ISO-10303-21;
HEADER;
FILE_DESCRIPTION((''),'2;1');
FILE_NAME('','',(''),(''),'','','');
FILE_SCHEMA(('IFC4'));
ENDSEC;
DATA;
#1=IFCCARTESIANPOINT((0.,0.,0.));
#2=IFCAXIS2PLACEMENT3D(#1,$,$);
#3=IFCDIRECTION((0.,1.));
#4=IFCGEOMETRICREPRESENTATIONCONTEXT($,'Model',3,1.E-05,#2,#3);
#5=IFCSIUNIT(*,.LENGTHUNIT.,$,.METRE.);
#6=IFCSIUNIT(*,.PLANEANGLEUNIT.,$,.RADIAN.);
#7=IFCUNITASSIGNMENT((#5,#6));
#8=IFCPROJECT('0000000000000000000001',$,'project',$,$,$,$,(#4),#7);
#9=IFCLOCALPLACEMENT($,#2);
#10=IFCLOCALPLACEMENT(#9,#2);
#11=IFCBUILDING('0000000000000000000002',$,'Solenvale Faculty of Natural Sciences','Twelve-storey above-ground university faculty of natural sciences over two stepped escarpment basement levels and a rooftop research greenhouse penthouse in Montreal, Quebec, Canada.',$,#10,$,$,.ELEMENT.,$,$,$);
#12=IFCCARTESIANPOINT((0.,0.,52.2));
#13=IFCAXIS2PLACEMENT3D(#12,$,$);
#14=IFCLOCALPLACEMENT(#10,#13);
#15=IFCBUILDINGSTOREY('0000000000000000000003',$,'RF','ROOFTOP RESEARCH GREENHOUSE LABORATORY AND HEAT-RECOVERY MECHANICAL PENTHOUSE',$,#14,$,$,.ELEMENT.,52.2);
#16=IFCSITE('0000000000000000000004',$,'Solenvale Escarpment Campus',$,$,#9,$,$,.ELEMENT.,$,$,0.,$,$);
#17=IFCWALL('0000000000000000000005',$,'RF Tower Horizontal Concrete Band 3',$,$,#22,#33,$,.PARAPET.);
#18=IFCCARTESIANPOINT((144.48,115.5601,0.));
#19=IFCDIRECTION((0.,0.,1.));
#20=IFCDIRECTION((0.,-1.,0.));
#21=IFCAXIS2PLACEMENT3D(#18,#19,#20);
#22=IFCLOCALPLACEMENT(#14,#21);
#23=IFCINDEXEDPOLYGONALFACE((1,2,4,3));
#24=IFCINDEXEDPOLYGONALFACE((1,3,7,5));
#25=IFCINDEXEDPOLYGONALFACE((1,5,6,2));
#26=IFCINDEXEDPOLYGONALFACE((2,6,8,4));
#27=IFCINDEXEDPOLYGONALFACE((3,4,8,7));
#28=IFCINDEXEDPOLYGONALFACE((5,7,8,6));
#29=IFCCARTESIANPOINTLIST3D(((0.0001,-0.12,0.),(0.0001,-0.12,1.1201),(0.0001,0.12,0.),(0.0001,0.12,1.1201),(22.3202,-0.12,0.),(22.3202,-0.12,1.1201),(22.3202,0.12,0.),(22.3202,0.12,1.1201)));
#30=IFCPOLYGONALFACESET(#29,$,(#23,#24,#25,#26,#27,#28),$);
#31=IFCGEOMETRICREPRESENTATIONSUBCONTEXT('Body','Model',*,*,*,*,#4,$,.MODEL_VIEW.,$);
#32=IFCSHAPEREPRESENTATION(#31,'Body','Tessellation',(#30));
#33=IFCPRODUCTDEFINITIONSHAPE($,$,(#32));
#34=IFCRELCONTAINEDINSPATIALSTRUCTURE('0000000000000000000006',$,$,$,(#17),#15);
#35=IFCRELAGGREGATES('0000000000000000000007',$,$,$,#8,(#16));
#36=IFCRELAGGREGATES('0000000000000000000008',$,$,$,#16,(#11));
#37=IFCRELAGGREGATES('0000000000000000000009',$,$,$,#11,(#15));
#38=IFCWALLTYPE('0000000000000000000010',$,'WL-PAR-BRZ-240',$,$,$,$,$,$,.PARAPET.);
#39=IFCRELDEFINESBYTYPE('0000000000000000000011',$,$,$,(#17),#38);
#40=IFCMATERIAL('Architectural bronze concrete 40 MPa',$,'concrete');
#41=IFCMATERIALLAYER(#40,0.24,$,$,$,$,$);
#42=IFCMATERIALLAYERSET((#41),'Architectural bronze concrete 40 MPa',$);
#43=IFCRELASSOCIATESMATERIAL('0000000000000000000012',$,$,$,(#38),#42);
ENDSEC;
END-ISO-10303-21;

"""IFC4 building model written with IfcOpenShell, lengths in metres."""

from ifc_helpers import new_model, si_unit, direction, frame, frame_2d, origin, place, context, subcontext, project, spatial, rectangle, extrude, material, layer, layer_set, type_object, element, save


model = new_model("IFC4")

# Units and contexts
model_context = context("Model", 3, precision=1e-05, world=origin(), true_north=direction((0.0, 1.0)))
body_context = subcontext(model_context, "Body", "Model", "MODEL_VIEW")
ifc_project = project(units=[si_unit("LENGTHUNIT", "METRE"), si_unit("PLANEANGLEUNIT", "RADIAN")], contexts=[model_context])

# Site, building, storey
site_placement = place(None, origin())
site = spatial("IfcSite", under=ifc_project, at=site_placement, Name="Solenvale Escarpment Campus", CompositionType="ELEMENT", RefElevation=0.0)
building_placement = place(site_placement, origin())
building = spatial("IfcBuilding", under=site, at=building_placement, Name="Solenvale Faculty of Natural Sciences", Description="Twelve-storey above-ground university faculty of natural sciences over two stepped escarpment basement levels and a rooftop research greenhouse penthouse in Montreal, Quebec, Canada.", CompositionType="ELEMENT")
storey_placement = place(building_placement, frame((0.0, 0.0, 52.2)))
storey = spatial("IfcBuildingStorey", under=building, at=storey_placement, Name="RF", Description="ROOFTOP RESEARCH GREENHOUSE LABORATORY AND HEAT-RECOVERY MECHANICAL PENTHOUSE", CompositionType="ELEMENT", Elevation=52.2)

# Wall
ifc_material_1 = material(Name="Architectural bronze concrete 40 MPa", Category="concrete")
ifc_layer_1 = layer(ifc_material_1, 0.24)
ifc_layer_set_1 = layer_set([ifc_layer_1], Name="Architectural bronze concrete 40 MPa")
wall_type_1 = type_object("IfcWallType", Name="WL-PAR-BRZ-240", PredefinedType="PARAPET", material=ifc_layer_set_1)
wall_1_placement = place(storey_placement, frame((144.48, 115.5601, 0.0), z_axis=(0.0, 0.0, 1.0), x_axis=(0.0, -1.0, 0.0)))
element("IfcWall", 1, at=wall_1_placement, inside=storey, type_object=wall_type_1, Name="RF Tower Horizontal Concrete Band 3", PredefinedType="PARAPET", context=body_context, shape_type="SweptSolid", body=[
    extrude(rectangle(XDim=22.3201, YDim=0.24, at=frame_2d((11.1602, 0.0))), origin(), (0.0, 0.0, 1.0), 1.1201),
])

save(model, "model.ifc")
